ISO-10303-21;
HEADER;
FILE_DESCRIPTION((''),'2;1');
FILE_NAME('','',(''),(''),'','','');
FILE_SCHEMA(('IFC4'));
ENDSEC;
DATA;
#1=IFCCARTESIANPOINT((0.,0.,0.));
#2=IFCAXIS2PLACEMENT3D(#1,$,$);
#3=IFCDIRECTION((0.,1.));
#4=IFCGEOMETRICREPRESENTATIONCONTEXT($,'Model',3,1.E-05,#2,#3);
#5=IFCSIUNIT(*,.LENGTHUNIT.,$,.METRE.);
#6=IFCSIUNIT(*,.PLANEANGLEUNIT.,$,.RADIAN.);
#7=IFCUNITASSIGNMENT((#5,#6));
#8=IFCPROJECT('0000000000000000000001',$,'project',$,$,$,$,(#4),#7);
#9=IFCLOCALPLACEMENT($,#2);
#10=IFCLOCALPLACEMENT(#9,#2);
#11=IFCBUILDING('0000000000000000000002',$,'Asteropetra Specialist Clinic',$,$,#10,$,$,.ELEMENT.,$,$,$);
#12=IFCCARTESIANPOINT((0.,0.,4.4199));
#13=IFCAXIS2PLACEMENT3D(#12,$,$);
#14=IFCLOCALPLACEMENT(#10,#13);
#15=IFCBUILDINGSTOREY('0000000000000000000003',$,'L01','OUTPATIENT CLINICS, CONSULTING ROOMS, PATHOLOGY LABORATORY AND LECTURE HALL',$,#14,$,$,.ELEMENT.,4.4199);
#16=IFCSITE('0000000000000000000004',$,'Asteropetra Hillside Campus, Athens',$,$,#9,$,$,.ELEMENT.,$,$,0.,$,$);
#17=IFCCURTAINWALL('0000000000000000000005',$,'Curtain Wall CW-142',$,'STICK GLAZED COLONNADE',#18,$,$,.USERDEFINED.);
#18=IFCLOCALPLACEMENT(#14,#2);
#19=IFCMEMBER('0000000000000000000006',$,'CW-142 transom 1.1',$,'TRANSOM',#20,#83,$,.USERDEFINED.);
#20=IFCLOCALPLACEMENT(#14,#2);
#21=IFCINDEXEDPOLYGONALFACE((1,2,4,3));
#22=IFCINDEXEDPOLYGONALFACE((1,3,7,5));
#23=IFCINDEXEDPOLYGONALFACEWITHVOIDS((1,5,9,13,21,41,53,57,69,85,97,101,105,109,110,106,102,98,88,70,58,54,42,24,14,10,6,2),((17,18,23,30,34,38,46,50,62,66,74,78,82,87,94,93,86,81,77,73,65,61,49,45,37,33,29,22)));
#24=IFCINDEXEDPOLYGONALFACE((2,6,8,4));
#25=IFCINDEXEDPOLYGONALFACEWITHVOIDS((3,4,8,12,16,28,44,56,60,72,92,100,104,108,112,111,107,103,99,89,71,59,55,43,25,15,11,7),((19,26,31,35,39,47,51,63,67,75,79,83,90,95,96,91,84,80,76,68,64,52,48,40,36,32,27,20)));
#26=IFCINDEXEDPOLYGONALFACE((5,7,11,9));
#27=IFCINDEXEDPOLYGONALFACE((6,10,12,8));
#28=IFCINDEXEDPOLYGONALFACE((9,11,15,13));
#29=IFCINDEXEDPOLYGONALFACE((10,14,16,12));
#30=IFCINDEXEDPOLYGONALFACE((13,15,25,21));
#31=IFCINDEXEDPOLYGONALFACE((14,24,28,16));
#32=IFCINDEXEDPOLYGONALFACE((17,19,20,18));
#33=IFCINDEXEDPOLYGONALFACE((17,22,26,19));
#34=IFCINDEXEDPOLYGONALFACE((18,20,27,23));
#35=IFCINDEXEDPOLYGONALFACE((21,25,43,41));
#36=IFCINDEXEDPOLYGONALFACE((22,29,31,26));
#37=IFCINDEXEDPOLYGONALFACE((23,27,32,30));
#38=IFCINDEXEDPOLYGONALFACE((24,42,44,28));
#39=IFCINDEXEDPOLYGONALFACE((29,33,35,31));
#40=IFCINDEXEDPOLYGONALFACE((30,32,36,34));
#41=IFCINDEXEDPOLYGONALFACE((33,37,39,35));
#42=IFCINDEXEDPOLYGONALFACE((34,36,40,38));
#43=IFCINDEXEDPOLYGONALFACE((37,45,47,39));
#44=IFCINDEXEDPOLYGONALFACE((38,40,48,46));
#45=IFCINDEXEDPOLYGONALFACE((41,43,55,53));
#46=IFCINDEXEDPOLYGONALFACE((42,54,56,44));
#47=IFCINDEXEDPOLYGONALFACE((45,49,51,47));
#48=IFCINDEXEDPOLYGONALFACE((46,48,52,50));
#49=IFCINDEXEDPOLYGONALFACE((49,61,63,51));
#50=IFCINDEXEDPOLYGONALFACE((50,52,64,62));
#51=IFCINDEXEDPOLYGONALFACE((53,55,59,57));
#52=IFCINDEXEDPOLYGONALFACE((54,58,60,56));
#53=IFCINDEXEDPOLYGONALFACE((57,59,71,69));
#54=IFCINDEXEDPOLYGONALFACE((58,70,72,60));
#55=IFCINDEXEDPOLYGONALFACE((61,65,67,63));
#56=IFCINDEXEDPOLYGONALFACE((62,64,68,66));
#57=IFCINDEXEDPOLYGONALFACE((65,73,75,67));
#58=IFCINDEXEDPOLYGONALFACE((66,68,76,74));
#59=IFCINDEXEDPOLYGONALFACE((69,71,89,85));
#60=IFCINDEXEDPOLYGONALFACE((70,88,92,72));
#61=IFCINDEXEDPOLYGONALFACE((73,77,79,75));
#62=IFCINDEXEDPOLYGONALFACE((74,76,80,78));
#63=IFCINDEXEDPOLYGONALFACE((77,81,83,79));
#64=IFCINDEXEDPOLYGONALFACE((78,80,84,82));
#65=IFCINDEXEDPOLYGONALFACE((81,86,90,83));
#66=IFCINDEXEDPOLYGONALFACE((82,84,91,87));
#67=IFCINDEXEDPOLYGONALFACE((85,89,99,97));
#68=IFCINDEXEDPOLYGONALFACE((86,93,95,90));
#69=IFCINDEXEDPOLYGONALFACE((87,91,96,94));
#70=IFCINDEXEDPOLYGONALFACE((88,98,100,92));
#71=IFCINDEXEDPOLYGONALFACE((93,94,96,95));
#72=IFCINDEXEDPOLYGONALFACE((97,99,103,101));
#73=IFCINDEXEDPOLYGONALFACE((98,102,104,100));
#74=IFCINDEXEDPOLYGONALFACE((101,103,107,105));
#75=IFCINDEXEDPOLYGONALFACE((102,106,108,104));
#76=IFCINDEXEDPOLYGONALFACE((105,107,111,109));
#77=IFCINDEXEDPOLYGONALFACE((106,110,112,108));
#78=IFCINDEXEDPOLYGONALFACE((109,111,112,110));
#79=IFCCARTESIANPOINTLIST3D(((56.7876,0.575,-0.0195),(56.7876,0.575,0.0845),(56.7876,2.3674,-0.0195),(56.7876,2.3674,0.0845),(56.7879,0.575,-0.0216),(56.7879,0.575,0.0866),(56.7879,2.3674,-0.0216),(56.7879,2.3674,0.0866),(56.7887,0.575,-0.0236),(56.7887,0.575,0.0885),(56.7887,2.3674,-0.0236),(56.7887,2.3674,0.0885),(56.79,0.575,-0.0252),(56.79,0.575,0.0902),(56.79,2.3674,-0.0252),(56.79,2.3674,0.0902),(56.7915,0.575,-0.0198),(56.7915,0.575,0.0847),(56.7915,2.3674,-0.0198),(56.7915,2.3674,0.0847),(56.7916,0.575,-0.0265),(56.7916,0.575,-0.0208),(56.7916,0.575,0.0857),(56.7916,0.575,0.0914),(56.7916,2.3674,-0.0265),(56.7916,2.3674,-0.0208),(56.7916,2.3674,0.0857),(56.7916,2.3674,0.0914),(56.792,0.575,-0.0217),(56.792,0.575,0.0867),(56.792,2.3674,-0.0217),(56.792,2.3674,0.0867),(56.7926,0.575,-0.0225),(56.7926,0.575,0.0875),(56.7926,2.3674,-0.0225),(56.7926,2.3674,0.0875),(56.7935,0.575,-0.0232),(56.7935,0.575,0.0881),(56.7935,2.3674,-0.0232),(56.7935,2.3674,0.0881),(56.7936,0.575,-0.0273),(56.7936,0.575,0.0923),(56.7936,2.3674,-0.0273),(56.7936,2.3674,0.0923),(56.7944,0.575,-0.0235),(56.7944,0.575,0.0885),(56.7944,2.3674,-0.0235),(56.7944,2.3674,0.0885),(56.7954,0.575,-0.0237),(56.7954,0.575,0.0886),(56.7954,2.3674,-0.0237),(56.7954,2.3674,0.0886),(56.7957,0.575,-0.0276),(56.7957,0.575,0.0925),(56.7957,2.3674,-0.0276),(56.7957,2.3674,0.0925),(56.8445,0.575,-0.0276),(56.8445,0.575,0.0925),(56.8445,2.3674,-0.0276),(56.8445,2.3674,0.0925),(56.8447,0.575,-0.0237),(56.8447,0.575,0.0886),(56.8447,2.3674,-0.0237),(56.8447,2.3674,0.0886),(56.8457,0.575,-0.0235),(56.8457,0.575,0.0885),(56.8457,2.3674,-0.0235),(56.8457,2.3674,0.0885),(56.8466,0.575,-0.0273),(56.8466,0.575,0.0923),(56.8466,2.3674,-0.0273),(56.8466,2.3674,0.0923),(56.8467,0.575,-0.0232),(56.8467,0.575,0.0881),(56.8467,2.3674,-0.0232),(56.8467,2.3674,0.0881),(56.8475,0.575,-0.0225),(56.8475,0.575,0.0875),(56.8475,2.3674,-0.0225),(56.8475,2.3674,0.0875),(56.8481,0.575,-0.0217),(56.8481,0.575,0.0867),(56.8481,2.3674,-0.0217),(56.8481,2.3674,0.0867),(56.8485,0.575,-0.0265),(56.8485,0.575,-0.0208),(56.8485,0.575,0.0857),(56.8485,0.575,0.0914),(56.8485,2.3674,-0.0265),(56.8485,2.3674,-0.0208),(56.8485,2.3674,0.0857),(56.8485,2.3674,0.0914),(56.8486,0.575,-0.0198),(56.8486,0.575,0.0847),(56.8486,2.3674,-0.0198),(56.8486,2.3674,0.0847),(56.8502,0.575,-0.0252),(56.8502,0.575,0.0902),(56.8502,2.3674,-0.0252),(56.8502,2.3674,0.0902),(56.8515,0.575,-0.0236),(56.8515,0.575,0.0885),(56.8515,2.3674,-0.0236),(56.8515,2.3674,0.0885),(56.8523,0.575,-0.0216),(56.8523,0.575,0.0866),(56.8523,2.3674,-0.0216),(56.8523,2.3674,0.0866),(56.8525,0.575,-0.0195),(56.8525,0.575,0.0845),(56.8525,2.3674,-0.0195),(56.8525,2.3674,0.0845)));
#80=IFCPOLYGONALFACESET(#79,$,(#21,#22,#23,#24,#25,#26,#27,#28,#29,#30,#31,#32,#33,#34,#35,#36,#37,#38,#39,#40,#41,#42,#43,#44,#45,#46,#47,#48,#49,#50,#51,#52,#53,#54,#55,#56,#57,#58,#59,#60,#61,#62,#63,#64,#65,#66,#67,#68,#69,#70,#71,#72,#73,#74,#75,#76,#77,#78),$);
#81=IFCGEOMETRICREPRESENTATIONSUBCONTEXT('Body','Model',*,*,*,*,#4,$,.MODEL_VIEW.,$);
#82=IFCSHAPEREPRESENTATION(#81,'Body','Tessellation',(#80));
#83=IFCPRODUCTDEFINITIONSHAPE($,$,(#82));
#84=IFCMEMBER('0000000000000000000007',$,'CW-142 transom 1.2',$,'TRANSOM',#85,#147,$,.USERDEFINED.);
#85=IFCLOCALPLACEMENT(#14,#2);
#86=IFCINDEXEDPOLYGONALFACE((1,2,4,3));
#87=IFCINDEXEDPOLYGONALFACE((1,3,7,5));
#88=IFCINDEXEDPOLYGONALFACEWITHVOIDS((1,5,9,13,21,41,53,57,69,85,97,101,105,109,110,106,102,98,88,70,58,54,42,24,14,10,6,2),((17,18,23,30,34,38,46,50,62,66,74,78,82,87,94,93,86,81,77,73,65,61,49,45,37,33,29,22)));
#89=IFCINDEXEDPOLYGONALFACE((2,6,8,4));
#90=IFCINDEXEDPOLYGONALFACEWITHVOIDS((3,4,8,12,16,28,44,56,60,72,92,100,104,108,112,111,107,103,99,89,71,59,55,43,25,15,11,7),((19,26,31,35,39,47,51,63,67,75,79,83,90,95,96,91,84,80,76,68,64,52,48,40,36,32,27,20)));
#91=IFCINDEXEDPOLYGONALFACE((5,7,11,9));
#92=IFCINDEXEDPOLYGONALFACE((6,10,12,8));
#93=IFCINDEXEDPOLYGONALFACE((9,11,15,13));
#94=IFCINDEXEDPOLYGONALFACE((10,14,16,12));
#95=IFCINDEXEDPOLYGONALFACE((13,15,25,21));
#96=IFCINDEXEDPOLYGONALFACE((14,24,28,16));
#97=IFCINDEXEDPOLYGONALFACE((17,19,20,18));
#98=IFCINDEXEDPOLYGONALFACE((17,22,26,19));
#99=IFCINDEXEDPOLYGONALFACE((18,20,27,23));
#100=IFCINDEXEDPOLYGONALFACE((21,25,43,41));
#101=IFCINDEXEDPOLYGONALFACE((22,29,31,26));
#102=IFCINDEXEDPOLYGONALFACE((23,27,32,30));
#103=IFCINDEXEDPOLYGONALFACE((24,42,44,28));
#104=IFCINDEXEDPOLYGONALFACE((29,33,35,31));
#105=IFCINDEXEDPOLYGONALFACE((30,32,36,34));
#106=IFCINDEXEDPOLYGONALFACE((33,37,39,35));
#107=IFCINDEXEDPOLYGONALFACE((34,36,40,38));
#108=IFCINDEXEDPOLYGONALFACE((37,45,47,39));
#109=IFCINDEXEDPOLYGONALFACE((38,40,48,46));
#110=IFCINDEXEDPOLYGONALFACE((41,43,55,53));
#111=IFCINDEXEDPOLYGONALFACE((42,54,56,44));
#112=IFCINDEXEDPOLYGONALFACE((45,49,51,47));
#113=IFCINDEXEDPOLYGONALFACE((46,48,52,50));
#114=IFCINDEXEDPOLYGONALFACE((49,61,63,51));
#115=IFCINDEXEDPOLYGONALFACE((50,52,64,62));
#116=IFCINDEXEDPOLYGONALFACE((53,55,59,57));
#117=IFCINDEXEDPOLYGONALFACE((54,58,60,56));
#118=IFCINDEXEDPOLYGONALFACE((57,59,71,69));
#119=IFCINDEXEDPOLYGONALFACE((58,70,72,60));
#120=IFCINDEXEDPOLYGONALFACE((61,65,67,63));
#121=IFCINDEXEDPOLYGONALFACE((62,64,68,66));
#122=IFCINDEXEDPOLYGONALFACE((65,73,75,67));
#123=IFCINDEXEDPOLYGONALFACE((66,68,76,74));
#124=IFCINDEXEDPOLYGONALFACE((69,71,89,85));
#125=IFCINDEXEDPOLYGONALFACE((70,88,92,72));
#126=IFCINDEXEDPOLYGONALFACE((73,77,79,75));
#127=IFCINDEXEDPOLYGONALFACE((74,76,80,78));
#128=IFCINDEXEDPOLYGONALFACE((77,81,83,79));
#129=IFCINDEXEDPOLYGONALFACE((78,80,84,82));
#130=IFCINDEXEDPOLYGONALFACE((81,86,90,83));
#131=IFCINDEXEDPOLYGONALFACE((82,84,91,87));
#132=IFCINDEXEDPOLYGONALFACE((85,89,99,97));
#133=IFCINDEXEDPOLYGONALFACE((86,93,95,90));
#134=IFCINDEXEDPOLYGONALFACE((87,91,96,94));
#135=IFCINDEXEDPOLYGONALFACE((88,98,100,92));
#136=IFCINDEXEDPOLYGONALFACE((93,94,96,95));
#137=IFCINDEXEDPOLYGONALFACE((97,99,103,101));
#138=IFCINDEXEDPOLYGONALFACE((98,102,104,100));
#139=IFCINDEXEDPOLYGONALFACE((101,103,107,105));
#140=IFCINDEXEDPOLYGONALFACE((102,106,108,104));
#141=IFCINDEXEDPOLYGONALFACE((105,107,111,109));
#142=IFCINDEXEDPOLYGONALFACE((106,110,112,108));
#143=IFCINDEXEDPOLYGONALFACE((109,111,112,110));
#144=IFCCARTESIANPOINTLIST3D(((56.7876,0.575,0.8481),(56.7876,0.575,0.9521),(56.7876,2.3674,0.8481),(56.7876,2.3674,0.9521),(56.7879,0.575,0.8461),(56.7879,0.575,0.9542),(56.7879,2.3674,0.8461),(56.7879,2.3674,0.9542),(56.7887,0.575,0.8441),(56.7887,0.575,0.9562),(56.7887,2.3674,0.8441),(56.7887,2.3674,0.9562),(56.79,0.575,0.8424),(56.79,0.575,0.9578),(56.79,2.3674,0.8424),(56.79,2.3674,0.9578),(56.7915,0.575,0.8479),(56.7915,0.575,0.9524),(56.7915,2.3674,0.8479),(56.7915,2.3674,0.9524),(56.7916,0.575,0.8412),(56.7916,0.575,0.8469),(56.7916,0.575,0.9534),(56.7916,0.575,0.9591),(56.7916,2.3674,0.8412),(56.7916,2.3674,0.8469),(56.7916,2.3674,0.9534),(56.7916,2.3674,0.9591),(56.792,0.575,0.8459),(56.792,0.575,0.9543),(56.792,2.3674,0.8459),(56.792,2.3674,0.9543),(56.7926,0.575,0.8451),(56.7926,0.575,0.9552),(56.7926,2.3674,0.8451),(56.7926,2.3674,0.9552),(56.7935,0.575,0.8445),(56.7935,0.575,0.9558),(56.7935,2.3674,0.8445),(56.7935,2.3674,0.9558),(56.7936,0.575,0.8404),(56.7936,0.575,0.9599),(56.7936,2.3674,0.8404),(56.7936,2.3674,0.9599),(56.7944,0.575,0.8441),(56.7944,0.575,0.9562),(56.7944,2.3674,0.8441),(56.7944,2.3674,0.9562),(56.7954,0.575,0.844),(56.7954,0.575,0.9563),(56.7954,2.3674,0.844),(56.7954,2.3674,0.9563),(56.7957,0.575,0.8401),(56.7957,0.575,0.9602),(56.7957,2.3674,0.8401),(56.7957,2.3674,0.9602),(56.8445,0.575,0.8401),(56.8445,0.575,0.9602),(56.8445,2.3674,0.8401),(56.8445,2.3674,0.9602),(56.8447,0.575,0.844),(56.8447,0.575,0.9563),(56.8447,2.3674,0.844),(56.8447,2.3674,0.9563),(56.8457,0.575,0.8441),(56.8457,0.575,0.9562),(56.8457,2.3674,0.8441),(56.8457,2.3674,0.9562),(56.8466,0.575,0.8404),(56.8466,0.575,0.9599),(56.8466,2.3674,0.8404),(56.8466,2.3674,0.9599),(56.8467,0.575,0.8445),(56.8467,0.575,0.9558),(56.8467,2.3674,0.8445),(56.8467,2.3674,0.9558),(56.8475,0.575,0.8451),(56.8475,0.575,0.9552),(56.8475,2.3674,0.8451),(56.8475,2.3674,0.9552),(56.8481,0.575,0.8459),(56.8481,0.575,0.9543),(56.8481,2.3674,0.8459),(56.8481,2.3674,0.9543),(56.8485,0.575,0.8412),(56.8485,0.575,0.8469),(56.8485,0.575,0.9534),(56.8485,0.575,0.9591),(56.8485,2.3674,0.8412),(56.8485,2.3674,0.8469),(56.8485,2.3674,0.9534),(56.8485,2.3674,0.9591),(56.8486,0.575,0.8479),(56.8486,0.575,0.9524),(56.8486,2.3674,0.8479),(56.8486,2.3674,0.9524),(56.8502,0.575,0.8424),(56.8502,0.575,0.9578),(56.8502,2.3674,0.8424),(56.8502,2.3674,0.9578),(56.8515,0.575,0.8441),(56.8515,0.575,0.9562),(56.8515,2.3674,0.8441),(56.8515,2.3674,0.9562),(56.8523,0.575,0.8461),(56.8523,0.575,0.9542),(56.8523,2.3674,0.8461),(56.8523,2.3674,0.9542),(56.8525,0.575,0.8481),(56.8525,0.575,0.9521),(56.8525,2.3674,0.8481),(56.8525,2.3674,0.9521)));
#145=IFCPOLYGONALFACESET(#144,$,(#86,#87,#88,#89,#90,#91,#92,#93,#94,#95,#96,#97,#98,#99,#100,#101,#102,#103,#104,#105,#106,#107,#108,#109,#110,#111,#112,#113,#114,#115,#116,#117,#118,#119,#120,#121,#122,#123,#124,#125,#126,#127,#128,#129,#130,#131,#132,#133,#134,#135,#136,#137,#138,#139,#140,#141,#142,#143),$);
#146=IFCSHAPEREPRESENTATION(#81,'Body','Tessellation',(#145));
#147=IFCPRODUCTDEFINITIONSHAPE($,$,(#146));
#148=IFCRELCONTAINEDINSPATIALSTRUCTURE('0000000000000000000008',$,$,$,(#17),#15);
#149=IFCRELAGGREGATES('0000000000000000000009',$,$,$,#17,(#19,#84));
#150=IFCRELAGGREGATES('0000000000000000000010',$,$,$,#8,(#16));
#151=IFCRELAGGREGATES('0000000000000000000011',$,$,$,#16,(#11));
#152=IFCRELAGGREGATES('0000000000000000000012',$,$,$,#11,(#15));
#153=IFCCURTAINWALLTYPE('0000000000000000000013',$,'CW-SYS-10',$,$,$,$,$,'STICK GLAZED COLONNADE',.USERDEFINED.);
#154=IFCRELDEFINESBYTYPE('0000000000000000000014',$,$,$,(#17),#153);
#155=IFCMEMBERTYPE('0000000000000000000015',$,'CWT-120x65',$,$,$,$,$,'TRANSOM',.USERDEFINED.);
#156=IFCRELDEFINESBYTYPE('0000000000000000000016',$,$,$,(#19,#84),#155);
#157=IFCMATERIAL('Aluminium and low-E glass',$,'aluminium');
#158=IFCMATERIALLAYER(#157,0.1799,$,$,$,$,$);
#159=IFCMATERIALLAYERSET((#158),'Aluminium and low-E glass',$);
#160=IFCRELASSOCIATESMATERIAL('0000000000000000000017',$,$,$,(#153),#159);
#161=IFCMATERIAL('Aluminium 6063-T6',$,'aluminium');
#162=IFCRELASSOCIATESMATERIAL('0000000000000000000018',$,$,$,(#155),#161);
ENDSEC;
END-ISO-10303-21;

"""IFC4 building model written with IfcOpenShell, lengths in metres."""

from ifc_helpers import new_model, si_unit, direction, frame, origin, origin_2d, place, context, subcontext, project, spatial, hollow_rectangle, extrude, material, layer, layer_set, material_profile, profile_set, type_object, element, aggregate, save


model = new_model("IFC4")

# Units and contexts
model_context = context("Model", 3, precision=1e-05, world=origin(), true_north=direction((0.0, 1.0)))
body_context = subcontext(model_context, "Body", "Model", "MODEL_VIEW")
ifc_project = project(units=[si_unit("LENGTHUNIT", "METRE"), si_unit("PLANEANGLEUNIT", "RADIAN")], contexts=[model_context])

# Site, building, storey
site_placement = place(None, origin())
site = spatial("IfcSite", under=ifc_project, at=site_placement, Name="Asteropetra Hillside Campus, Athens", CompositionType="ELEMENT", RefElevation=0.0)
building_placement = place(site_placement, origin())
building = spatial("IfcBuilding", under=site, at=building_placement, Name="Asteropetra Specialist Clinic", CompositionType="ELEMENT")
storey_placement = place(building_placement, frame((0.0, 0.0, 4.4199)))
storey = spatial("IfcBuildingStorey", under=building, at=storey_placement, Name="L01", Description="OUTPATIENT CLINICS, CONSULTING ROOMS, PATHOLOGY LABORATORY AND LECTURE HALL", CompositionType="ELEMENT", Elevation=4.4199)

# Curtain wall
ifc_material_1 = material(Name="Aluminium and low-E glass", Category="aluminium")
ifc_layer_1 = layer(ifc_material_1, 0.1799)
ifc_layer_set_1 = layer_set([ifc_layer_1], Name="Aluminium and low-E glass")
curtain_wall_type_1 = type_object("IfcCurtainWallType", Name="CW-SYS-10", ElementType="STICK GLAZED COLONNADE", PredefinedType="USERDEFINED", material=ifc_layer_set_1)
curtain_wall_1_placement = place(storey_placement, origin())
curtain_wall_1 = element("IfcCurtainWall", 1, at=curtain_wall_1_placement, inside=storey, type_object=curtain_wall_type_1, Name="Curtain Wall CW-142", ObjectType="STICK GLAZED COLONNADE", PredefinedType="USERDEFINED")

# Members
ifc_material_2 = material(Name="Aluminium 6063-T6", Category="aluminium")
ifc_material_profile_1 = material_profile(ifc_material_2, hollow_rectangle(XDim=0.0649, YDim=0.1201, WallThickness=0.0039, InnerFilletRadius=0.0039, OuterFilletRadius=0.0081, at=origin_2d()), Name="TRN 120x65x4.0")
ifc_profile_set_1 = profile_set([ifc_material_profile_1], Name="Aluminium 6063-T6")
member_type_1 = type_object("IfcMemberType", Name="CWT-120x65", ElementType="TRANSOM", PredefinedType="USERDEFINED", material=ifc_profile_set_1)
member_1_placement = place(storey_placement, frame((56.8201, 0.575, 0.0325), z_axis=(0.0, 1.0, 0.0), x_axis=(-1.0, 0.0, 0.0)))
member_1 = element("IfcMember", 2, at=member_1_placement, type_object=member_type_1, Name="CW-142 transom 1.1", ObjectType="TRANSOM", PredefinedType="USERDEFINED", context=body_context, shape_type="SweptSolid", body=[
    extrude(hollow_rectangle(XDim=0.0649, YDim=0.1201, WallThickness=0.0039, InnerFilletRadius=0.0039, OuterFilletRadius=0.0081, at=origin_2d()), origin(), (0.0, 0.0, 1.0), 1.7925),
])
member_2_placement = place(storey_placement, frame((56.8201, 0.575, 0.9001), z_axis=(0.0, 1.0, 0.0), x_axis=(-1.0, 0.0, 0.0)))
member_2 = element("IfcMember", 3, at=member_2_placement, type_object=member_type_1, Name="CW-142 transom 1.2", ObjectType="TRANSOM", PredefinedType="USERDEFINED", context=body_context, shape_type="SweptSolid", body=[
    extrude(hollow_rectangle(XDim=0.0649, YDim=0.1201, WallThickness=0.0039, InnerFilletRadius=0.0039, OuterFilletRadius=0.0081, at=origin_2d()), origin(), (0.0, 0.0, 1.0), 1.7925),
])

aggregate(curtain_wall_1, [member_1, member_2])

save(model, "model.ifc")
